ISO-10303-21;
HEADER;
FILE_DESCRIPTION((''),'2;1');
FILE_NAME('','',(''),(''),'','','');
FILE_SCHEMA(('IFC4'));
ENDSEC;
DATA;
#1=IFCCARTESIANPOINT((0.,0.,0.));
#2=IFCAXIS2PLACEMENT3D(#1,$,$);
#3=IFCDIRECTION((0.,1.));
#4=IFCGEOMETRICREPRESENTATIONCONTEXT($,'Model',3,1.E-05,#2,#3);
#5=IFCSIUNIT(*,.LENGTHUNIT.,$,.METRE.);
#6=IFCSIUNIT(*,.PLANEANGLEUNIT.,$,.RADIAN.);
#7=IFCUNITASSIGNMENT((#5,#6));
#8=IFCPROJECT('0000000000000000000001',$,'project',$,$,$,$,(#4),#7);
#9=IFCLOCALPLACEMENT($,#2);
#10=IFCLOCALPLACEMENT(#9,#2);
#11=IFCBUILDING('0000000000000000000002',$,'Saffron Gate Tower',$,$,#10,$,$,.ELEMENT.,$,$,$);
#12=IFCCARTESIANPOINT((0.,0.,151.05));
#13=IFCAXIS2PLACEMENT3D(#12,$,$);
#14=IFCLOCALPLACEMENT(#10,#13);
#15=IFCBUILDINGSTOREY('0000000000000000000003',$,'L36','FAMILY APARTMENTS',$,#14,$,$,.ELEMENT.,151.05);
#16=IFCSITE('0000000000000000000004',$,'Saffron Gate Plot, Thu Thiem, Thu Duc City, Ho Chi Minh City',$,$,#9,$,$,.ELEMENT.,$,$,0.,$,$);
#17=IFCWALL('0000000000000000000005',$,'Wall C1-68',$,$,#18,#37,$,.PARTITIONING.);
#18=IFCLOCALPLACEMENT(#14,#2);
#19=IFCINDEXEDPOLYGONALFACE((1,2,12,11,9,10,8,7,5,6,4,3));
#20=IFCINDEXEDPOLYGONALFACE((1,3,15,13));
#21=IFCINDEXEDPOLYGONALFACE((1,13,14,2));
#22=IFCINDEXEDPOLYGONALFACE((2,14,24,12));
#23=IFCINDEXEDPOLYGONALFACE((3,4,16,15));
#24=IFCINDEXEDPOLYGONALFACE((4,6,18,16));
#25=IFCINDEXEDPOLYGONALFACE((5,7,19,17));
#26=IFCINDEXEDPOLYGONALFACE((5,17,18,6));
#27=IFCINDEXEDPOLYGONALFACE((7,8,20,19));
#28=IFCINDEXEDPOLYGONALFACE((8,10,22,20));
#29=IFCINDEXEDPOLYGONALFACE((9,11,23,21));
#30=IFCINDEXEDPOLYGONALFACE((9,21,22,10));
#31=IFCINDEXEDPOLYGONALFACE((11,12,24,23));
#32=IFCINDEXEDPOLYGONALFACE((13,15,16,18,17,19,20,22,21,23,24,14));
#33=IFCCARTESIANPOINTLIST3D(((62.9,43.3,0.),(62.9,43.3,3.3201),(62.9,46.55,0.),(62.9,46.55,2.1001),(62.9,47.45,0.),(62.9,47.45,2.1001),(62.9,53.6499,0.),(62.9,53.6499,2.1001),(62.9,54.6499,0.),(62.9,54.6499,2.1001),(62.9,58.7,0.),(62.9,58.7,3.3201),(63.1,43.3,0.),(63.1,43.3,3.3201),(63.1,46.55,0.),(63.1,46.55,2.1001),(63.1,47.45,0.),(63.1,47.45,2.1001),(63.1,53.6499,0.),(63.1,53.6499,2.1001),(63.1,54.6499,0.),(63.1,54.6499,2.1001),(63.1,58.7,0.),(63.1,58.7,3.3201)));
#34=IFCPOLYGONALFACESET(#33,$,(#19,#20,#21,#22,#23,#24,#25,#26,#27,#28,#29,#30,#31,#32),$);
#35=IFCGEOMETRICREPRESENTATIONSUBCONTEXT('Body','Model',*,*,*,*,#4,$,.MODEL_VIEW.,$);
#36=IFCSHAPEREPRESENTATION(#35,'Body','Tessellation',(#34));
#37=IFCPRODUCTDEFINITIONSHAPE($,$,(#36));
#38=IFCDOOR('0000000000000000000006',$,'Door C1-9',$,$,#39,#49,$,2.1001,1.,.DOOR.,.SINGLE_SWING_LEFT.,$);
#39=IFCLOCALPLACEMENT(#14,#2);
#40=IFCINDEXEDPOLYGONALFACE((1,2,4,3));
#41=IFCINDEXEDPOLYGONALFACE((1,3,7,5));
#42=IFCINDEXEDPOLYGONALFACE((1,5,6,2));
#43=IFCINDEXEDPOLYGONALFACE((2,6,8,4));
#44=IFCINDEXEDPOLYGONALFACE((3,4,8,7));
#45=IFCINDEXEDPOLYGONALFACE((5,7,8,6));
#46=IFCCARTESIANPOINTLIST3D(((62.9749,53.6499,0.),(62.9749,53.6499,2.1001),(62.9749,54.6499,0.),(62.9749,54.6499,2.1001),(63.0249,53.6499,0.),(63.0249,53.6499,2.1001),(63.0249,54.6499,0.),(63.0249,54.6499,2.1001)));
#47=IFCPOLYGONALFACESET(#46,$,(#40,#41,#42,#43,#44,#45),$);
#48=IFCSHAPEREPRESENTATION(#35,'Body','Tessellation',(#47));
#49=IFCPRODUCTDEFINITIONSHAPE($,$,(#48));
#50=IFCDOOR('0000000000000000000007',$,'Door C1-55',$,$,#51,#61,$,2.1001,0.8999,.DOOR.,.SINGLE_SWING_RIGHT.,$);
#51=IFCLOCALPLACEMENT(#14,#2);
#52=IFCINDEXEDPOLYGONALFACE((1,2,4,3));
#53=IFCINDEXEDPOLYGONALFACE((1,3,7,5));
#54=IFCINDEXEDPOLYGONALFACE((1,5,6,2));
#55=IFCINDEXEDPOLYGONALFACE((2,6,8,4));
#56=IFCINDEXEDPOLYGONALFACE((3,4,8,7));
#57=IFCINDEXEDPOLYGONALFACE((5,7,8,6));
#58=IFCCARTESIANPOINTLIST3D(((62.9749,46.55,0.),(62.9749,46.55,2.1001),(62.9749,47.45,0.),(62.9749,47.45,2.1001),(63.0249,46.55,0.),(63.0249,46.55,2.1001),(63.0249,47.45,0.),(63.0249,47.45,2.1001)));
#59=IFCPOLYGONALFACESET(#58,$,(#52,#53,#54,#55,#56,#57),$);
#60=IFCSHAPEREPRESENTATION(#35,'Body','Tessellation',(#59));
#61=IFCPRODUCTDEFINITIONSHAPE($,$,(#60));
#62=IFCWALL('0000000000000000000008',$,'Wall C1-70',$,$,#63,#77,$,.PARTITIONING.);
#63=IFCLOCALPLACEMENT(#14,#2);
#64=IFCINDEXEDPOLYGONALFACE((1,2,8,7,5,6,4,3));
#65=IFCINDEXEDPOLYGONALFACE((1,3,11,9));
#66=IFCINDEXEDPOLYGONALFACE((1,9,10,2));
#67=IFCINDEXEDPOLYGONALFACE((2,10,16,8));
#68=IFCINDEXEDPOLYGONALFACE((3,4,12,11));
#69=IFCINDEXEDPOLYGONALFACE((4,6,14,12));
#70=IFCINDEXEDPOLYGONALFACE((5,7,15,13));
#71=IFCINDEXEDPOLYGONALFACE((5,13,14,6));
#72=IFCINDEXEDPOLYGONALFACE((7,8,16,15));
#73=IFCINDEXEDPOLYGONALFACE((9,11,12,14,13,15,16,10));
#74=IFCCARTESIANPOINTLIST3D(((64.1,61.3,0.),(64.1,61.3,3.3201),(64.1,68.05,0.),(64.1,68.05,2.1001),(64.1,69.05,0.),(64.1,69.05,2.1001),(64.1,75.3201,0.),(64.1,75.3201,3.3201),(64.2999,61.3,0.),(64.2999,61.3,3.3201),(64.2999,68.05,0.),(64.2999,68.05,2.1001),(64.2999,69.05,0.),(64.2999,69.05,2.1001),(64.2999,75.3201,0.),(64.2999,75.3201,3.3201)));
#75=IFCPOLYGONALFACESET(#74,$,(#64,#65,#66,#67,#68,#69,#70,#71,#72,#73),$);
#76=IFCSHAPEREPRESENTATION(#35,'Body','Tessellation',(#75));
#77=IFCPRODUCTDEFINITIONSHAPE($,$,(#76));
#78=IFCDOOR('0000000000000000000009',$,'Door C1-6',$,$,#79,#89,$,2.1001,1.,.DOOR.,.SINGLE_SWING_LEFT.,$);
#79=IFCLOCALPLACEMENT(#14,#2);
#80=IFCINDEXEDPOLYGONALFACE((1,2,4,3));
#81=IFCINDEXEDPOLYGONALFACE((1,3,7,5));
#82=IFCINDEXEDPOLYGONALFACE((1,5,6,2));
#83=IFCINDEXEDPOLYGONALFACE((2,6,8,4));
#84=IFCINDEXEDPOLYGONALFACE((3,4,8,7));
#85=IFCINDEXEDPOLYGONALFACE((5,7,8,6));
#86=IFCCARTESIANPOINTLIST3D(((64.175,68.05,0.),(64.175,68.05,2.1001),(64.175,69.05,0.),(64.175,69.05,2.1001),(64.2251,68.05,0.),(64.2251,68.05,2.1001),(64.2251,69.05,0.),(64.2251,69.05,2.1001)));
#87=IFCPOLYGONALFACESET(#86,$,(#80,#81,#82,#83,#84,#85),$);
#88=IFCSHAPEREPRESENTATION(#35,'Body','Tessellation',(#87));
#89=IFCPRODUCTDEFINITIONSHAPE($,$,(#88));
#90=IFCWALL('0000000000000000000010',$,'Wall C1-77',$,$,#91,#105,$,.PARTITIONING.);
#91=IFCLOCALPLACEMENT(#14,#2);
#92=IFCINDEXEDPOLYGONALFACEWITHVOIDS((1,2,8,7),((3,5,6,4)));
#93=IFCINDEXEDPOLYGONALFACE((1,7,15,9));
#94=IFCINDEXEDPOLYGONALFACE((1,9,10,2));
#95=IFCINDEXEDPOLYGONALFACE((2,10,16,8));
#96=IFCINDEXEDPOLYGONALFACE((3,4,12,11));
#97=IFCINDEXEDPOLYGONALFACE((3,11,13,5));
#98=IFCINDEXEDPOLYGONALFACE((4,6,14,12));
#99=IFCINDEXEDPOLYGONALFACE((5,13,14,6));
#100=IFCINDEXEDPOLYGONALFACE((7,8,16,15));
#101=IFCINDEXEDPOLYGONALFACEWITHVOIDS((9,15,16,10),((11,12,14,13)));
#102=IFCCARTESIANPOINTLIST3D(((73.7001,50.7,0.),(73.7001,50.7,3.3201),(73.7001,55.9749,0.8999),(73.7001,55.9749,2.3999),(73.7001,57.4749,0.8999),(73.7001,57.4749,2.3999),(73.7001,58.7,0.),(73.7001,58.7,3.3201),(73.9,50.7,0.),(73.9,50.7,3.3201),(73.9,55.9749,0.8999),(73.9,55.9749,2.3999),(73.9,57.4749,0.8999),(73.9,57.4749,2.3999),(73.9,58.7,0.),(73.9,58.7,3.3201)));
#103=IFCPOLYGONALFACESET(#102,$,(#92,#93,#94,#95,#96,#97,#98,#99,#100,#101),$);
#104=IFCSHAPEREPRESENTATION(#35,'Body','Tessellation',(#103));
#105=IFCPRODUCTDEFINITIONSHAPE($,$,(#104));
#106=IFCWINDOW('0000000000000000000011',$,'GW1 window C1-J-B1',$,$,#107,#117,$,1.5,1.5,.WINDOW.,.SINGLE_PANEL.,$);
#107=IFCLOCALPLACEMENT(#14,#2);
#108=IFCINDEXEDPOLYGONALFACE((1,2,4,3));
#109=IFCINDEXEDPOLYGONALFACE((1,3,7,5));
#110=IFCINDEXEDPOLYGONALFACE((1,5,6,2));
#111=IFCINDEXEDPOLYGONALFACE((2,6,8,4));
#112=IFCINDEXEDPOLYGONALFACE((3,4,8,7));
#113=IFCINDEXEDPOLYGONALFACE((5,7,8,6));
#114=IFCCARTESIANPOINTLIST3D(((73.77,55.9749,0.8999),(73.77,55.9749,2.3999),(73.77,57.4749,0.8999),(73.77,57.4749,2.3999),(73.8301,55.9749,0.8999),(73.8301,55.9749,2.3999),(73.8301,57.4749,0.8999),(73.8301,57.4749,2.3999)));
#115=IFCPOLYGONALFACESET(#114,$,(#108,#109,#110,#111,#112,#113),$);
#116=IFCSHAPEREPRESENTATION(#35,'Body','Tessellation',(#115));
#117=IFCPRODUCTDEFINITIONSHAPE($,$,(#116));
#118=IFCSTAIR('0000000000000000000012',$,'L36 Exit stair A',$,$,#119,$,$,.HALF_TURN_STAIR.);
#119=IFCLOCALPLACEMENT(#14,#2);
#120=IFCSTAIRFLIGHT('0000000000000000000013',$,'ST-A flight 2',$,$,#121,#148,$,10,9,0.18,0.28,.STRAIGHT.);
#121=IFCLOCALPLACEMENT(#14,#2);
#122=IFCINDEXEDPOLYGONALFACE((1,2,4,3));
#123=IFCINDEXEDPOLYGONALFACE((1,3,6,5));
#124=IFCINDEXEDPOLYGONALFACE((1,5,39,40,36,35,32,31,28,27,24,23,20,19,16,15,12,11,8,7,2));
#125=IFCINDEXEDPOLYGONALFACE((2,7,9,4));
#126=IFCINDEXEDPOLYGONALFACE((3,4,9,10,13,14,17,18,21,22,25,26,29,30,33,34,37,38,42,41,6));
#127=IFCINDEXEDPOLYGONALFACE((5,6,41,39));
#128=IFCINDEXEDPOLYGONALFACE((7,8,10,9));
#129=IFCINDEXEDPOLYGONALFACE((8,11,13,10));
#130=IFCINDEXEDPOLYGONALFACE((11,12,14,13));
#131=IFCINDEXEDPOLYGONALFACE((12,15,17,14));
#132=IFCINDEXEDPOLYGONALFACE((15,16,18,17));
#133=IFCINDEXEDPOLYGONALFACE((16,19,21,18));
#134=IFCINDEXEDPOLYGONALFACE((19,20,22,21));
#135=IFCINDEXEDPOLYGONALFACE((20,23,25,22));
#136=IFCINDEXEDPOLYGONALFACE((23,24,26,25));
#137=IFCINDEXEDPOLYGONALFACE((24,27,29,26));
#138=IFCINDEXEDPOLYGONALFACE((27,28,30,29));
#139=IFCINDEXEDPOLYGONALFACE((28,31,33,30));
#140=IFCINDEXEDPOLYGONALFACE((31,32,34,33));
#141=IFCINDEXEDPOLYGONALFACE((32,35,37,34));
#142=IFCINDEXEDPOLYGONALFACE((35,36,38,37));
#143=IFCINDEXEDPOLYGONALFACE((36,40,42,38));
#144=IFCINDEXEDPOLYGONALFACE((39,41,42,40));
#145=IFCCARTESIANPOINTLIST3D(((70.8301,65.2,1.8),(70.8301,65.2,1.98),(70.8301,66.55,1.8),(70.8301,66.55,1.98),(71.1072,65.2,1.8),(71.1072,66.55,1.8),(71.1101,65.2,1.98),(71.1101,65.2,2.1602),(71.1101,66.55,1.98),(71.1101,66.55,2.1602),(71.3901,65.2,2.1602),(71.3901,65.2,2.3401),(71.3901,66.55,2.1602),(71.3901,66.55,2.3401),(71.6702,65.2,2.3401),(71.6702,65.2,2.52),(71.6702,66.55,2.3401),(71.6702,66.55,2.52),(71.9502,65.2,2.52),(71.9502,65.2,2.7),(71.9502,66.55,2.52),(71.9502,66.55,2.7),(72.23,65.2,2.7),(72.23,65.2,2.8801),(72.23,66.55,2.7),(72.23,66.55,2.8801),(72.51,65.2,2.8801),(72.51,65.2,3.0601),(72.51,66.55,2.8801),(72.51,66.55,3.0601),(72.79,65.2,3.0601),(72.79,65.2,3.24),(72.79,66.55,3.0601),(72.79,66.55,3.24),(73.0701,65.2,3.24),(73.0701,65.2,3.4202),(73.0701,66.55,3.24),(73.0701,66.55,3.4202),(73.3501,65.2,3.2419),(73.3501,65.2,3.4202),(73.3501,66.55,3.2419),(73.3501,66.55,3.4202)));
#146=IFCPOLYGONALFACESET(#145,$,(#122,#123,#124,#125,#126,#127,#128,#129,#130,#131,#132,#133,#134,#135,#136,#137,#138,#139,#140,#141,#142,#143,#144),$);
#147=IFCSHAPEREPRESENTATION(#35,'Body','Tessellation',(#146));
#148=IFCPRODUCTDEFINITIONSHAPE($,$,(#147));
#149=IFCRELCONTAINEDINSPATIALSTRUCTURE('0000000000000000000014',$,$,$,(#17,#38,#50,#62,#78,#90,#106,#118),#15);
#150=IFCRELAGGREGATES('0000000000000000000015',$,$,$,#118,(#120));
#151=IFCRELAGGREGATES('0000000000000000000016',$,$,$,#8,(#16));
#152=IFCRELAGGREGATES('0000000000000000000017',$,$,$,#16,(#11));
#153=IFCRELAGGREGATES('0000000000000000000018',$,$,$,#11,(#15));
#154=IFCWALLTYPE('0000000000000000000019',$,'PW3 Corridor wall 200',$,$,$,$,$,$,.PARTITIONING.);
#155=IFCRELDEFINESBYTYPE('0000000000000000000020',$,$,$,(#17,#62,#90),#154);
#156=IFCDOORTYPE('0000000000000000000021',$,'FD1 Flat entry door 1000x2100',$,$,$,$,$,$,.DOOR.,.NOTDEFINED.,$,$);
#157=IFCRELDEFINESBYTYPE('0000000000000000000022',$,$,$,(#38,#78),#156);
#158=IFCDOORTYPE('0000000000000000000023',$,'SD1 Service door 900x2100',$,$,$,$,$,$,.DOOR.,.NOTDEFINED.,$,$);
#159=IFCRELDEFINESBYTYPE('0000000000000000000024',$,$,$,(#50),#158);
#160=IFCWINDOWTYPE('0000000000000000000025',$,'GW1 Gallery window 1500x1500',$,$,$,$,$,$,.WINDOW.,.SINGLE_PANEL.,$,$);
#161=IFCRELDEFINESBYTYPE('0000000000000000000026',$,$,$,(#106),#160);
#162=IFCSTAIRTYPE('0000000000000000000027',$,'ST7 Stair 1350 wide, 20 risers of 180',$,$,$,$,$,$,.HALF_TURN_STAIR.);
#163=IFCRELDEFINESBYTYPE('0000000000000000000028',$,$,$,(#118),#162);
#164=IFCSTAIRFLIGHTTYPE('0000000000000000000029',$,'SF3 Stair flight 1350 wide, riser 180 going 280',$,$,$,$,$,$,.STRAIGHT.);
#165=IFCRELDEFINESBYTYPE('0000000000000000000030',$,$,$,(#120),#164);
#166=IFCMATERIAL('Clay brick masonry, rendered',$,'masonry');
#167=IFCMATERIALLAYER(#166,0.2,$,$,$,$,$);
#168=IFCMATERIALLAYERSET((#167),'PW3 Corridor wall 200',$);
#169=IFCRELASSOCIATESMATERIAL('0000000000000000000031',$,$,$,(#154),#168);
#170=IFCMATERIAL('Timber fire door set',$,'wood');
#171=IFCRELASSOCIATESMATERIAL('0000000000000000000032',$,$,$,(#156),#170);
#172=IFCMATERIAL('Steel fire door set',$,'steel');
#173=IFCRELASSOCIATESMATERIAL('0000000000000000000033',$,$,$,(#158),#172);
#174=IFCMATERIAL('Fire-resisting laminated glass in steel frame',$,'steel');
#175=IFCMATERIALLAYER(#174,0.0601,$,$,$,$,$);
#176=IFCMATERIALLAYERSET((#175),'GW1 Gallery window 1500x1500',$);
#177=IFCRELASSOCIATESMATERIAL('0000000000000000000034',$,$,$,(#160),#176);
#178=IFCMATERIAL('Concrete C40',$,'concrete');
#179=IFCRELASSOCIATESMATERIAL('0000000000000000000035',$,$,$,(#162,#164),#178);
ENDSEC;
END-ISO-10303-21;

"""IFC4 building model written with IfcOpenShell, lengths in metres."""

from ifc_helpers import new_model, si_unit, direction, frame, frame_2d, origin, place, context, subcontext, project, spatial, polyline, rectangle, outline, extrude, material, layer, layer_set, type_object, element, fill, aggregate, save


model = new_model("IFC4")

# Units and contexts
model_context = context("Model", 3, precision=1e-05, world=origin(), true_north=direction((0.0, 1.0)))
body_context = subcontext(model_context, "Body", "Model", "MODEL_VIEW")
ifc_project = project(units=[si_unit("LENGTHUNIT", "METRE"), si_unit("PLANEANGLEUNIT", "RADIAN")], contexts=[model_context])

# Site, building, storey
site_placement = place(None, origin())
site = spatial("IfcSite", under=ifc_project, at=site_placement, Name="Saffron Gate Plot, Thu Thiem, Thu Duc City, Ho Chi Minh City", CompositionType="ELEMENT", RefElevation=0.0)
building_placement = place(site_placement, origin())
building = spatial("IfcBuilding", under=site, at=building_placement, Name="Saffron Gate Tower", CompositionType="ELEMENT")
storey_placement = place(building_placement, frame((0.0, 0.0, 151.05)))
storey = spatial("IfcBuildingStorey", under=building, at=storey_placement, Name="L36", Description="FAMILY APARTMENTS", CompositionType="ELEMENT", Elevation=151.05)

# Shared definitions
ifc_material_1 = material(Name="Steel fire door set", Category="steel")

# Shared definitions
ifc_material_2 = material(Name="Clay brick masonry, rendered", Category="masonry")
ifc_layer_1 = layer(ifc_material_2, 0.2)
ifc_layer_set_1 = layer_set([ifc_layer_1], Name="PW3 Corridor wall 200")
wall_type_1 = type_object("IfcWallType", Name="PW3 Corridor wall 200", PredefinedType="PARTITIONING", material=ifc_layer_set_1)

# Wall, openings, doors
wall_1_placement = place(storey_placement, frame((63.0, 58.7, 0.0), z_axis=(0.0, 0.0, 1.0), x_axis=(0.0, -1.0, 0.0)))
wall_1 = element("IfcWall", 1, at=wall_1_placement, inside=storey, type_object=wall_type_1, Name="Wall C1-68", PredefinedType="PARTITIONING", context=body_context, shape_type="SweptSolid", body=[
    extrude(rectangle(XDim=15.3999, YDim=0.2, at=frame_2d((7.7, 0.0))), origin(), (0.0, 0.0, 1.0), 3.3201),
])
opening_1_placement = place(wall_1_placement, frame((4.05, 0.0, 0.0)))
opening_1 = element("IfcOpeningElement", 2, at=opening_1_placement, cuts=wall_1, PredefinedType="OPENING", context=body_context, shape_type="SweptSolid", body=[
    extrude(rectangle(XDim=1.0, YDim=2.1001, at=frame_2d((0.5, 1.05))), frame((0.0, 0.1099, 0.0), z_axis=(0.0, -1.0, 0.0), x_axis=(1.0, 0.0, 0.0)), (0.0, 0.0, 1.0), 0.22),
])
opening_2_placement = place(wall_1_placement, frame((11.25, 0.0, 0.0)))
opening_2 = element("IfcOpeningElement", 3, at=opening_2_placement, cuts=wall_1, PredefinedType="OPENING", context=body_context, shape_type="SweptSolid", body=[
    extrude(rectangle(XDim=0.8999, YDim=2.1001, at=frame_2d((0.45, 1.05))), frame((0.0, 0.1099, 0.0), z_axis=(0.0, -1.0, 0.0), x_axis=(1.0, 0.0, 0.0)), (0.0, 0.0, 1.0), 0.22),
])
ifc_material_3 = material(Name="Timber fire door set", Category="wood")
door_type_1 = type_object("IfcDoorType", Name="FD1 Flat entry door 1000x2100", OperationType="NOTDEFINED", PredefinedType="DOOR", material=ifc_material_3)
door_1_placement = place(opening_1_placement, origin())
door_1 = element("IfcDoor", 4, at=door_1_placement, inside=storey, type_object=door_type_1, Name="Door C1-9", OperationType="SINGLE_SWING_LEFT", OverallHeight=2.1001, OverallWidth=1.0, PredefinedType="DOOR", context=body_context, shape_type="SweptSolid", body=[
    extrude(rectangle(XDim=1.0, YDim=2.1001, at=frame_2d((0.5, 1.05))), frame((0.0, 0.0249, 0.0), z_axis=(0.0, -1.0, 0.0), x_axis=(1.0, 0.0, 0.0)), (0.0, 0.0, 1.0), 0.05),
])
fill(opening_1, door_1)
door_type_2 = type_object("IfcDoorType", Name="SD1 Service door 900x2100", OperationType="NOTDEFINED", PredefinedType="DOOR", material=ifc_material_1)
door_2_placement = place(opening_2_placement, origin())
door_2 = element("IfcDoor", 5, at=door_2_placement, inside=storey, type_object=door_type_2, Name="Door C1-55", OperationType="SINGLE_SWING_RIGHT", OverallHeight=2.1001, OverallWidth=0.8999, PredefinedType="DOOR", context=body_context, shape_type="SweptSolid", body=[
    extrude(rectangle(XDim=0.8999, YDim=2.1001, at=frame_2d((0.45, 1.05))), frame((0.0, 0.0249, 0.0), z_axis=(0.0, -1.0, 0.0), x_axis=(1.0, 0.0, 0.0)), (0.0, 0.0, 1.0), 0.05),
])
fill(opening_2, door_2)

# Wall, opening, door
wall_2_placement = place(storey_placement, frame((64.2, 61.3, 0.0), z_axis=(0.0, 0.0, 1.0), x_axis=(0.0, 1.0, 0.0)))
wall_2 = element("IfcWall", 6, at=wall_2_placement, inside=storey, type_object=wall_type_1, Name="Wall C1-70", PredefinedType="PARTITIONING", context=body_context, shape_type="SweptSolid", body=[
    extrude(rectangle(XDim=14.02, YDim=0.2, at=frame_2d((7.01, 0.0))), origin(), (0.0, 0.0, 1.0), 3.3201),
])
opening_3_placement = place(wall_2_placement, frame((6.75, 0.0, 0.0)))
opening_3 = element("IfcOpeningElement", 7, at=opening_3_placement, cuts=wall_2, PredefinedType="OPENING", context=body_context, shape_type="SweptSolid", body=[
    extrude(rectangle(XDim=1.0, YDim=2.1001, at=frame_2d((0.5, 1.05))), frame((0.0, 0.1099, 0.0), z_axis=(0.0, -1.0, 0.0), x_axis=(1.0, 0.0, 0.0)), (0.0, 0.0, 1.0), 0.22),
])
door_3_placement = place(opening_3_placement, origin())
door_3 = element("IfcDoor", 8, at=door_3_placement, inside=storey, type_object=door_type_1, Name="Door C1-6", OperationType="SINGLE_SWING_LEFT", OverallHeight=2.1001, OverallWidth=1.0, PredefinedType="DOOR", context=body_context, shape_type="SweptSolid", body=[
    extrude(rectangle(XDim=1.0, YDim=2.1001, at=frame_2d((0.5, 1.05))), frame((0.0, 0.0249, 0.0), z_axis=(0.0, -1.0, 0.0), x_axis=(1.0, 0.0, 0.0)), (0.0, 0.0, 1.0), 0.05),
])
fill(opening_3, door_3)

# Wall, opening, window
wall_3_placement = place(storey_placement, frame((73.8, 58.7, 0.0), z_axis=(0.0, 0.0, 1.0), x_axis=(0.0, -1.0, 0.0)))
wall_3 = element("IfcWall", 9, at=wall_3_placement, inside=storey, type_object=wall_type_1, Name="Wall C1-77", PredefinedType="PARTITIONING", context=body_context, shape_type="SweptSolid", body=[
    extrude(rectangle(XDim=8.0, YDim=0.2, at=frame_2d((4.0, 0.0))), origin(), (0.0, 0.0, 1.0), 3.3201),
])
opening_4_placement = place(wall_3_placement, frame((1.2251, 0.0, 0.8999)))
opening_4 = element("IfcOpeningElement", 10, at=opening_4_placement, cuts=wall_3, PredefinedType="OPENING", context=body_context, shape_type="SweptSolid", body=[
    extrude(rectangle(XDim=1.5, YDim=1.5, at=frame_2d((0.75, 0.75))), frame((0.0, 0.1099, 0.0), z_axis=(0.0, -1.0, 0.0), x_axis=(1.0, 0.0, 0.0)), (0.0, 0.0, 1.0), 0.22),
])
ifc_material_4 = material(Name="Fire-resisting laminated glass in steel frame", Category="steel")
ifc_layer_2 = layer(ifc_material_4, 0.0601)
ifc_layer_set_2 = layer_set([ifc_layer_2], Name="GW1 Gallery window 1500x1500")
window_type = type_object("IfcWindowType", Name="GW1 Gallery window 1500x1500", PartitioningType="SINGLE_PANEL", PredefinedType="WINDOW", material=ifc_layer_set_2)
window_placement = place(opening_4_placement, origin())
window = element("IfcWindow", 11, at=window_placement, inside=storey, type_object=window_type, Name="GW1 window C1-J-B1", OverallHeight=1.5, OverallWidth=1.5, PartitioningType="SINGLE_PANEL", PredefinedType="WINDOW", context=body_context, shape_type="SweptSolid", body=[
    extrude(rectangle(XDim=1.5, YDim=1.5, at=frame_2d((0.75, 0.75))), frame((0.0, 0.03, 0.0), z_axis=(0.0, -1.0, 0.0), x_axis=(1.0, 0.0, 0.0)), (0.0, 0.0, 1.0), 0.0601),
])
fill(opening_4, window)

# Stair, stair flight
ifc_material_5 = material(Name="Concrete C40", Category="concrete")
stair_type = type_object("IfcStairType", Name="ST7 Stair 1350 wide, 20 risers of 180", PredefinedType="HALF_TURN_STAIR", material=ifc_material_5)
stair_placement = place(storey_placement, origin())
stair = element("IfcStair", 12, at=stair_placement, inside=storey, type_object=stair_type, Name="L36 Exit stair A", PredefinedType="HALF_TURN_STAIR")
stair_flight_type = type_object("IfcStairFlightType", Name="SF3 Stair flight 1350 wide, riser 180 going 280", PredefinedType="STRAIGHT", material=ifc_material_5)
stair_flight_placement = place(storey_placement, frame((70.8301, 65.875, 1.8), z_axis=(0.0, 0.0, 1.0), x_axis=(1.0, 0.0, 0.0)))
stair_flight = element("IfcStairFlight", 13, at=stair_flight_placement, type_object=stair_flight_type, Name="ST-A flight 2", NumberOfRisers=10, NumberOfTreads=9, PredefinedType="STRAIGHT", RiserHeight=0.18, TreadLength=0.28, context=body_context, shape_type="SweptSolid", body=[
    extrude(outline(polyline([(0.0, 0.0), (0.0, 0.1799), (0.28, 0.1799), (0.28, 0.3601), (0.5601, 0.3601), (0.5601, 0.54), (0.8401, 0.54), (0.8401, 0.72), (1.1201, 0.72), (1.1201, 0.8999), (1.3999, 0.8999), (1.3999, 1.0801), (1.6799, 1.0801), (1.6799, 1.26), (1.96, 1.26), (1.96, 1.4399), (2.24, 1.4399), (2.24, 1.6201), (2.52, 1.6201), (2.52, 1.8), (2.52, 1.4419), (0.2771, 0.0), (0.0, 0.0)])), frame((0.0, 0.675, 0.0), z_axis=(0.0, -1.0, 0.0), x_axis=(1.0, 0.0, 0.0)), (0.0, 0.0, 1.0), 1.3501),
])
aggregate(stair, [stair_flight])

save(model, "model.ifc")
